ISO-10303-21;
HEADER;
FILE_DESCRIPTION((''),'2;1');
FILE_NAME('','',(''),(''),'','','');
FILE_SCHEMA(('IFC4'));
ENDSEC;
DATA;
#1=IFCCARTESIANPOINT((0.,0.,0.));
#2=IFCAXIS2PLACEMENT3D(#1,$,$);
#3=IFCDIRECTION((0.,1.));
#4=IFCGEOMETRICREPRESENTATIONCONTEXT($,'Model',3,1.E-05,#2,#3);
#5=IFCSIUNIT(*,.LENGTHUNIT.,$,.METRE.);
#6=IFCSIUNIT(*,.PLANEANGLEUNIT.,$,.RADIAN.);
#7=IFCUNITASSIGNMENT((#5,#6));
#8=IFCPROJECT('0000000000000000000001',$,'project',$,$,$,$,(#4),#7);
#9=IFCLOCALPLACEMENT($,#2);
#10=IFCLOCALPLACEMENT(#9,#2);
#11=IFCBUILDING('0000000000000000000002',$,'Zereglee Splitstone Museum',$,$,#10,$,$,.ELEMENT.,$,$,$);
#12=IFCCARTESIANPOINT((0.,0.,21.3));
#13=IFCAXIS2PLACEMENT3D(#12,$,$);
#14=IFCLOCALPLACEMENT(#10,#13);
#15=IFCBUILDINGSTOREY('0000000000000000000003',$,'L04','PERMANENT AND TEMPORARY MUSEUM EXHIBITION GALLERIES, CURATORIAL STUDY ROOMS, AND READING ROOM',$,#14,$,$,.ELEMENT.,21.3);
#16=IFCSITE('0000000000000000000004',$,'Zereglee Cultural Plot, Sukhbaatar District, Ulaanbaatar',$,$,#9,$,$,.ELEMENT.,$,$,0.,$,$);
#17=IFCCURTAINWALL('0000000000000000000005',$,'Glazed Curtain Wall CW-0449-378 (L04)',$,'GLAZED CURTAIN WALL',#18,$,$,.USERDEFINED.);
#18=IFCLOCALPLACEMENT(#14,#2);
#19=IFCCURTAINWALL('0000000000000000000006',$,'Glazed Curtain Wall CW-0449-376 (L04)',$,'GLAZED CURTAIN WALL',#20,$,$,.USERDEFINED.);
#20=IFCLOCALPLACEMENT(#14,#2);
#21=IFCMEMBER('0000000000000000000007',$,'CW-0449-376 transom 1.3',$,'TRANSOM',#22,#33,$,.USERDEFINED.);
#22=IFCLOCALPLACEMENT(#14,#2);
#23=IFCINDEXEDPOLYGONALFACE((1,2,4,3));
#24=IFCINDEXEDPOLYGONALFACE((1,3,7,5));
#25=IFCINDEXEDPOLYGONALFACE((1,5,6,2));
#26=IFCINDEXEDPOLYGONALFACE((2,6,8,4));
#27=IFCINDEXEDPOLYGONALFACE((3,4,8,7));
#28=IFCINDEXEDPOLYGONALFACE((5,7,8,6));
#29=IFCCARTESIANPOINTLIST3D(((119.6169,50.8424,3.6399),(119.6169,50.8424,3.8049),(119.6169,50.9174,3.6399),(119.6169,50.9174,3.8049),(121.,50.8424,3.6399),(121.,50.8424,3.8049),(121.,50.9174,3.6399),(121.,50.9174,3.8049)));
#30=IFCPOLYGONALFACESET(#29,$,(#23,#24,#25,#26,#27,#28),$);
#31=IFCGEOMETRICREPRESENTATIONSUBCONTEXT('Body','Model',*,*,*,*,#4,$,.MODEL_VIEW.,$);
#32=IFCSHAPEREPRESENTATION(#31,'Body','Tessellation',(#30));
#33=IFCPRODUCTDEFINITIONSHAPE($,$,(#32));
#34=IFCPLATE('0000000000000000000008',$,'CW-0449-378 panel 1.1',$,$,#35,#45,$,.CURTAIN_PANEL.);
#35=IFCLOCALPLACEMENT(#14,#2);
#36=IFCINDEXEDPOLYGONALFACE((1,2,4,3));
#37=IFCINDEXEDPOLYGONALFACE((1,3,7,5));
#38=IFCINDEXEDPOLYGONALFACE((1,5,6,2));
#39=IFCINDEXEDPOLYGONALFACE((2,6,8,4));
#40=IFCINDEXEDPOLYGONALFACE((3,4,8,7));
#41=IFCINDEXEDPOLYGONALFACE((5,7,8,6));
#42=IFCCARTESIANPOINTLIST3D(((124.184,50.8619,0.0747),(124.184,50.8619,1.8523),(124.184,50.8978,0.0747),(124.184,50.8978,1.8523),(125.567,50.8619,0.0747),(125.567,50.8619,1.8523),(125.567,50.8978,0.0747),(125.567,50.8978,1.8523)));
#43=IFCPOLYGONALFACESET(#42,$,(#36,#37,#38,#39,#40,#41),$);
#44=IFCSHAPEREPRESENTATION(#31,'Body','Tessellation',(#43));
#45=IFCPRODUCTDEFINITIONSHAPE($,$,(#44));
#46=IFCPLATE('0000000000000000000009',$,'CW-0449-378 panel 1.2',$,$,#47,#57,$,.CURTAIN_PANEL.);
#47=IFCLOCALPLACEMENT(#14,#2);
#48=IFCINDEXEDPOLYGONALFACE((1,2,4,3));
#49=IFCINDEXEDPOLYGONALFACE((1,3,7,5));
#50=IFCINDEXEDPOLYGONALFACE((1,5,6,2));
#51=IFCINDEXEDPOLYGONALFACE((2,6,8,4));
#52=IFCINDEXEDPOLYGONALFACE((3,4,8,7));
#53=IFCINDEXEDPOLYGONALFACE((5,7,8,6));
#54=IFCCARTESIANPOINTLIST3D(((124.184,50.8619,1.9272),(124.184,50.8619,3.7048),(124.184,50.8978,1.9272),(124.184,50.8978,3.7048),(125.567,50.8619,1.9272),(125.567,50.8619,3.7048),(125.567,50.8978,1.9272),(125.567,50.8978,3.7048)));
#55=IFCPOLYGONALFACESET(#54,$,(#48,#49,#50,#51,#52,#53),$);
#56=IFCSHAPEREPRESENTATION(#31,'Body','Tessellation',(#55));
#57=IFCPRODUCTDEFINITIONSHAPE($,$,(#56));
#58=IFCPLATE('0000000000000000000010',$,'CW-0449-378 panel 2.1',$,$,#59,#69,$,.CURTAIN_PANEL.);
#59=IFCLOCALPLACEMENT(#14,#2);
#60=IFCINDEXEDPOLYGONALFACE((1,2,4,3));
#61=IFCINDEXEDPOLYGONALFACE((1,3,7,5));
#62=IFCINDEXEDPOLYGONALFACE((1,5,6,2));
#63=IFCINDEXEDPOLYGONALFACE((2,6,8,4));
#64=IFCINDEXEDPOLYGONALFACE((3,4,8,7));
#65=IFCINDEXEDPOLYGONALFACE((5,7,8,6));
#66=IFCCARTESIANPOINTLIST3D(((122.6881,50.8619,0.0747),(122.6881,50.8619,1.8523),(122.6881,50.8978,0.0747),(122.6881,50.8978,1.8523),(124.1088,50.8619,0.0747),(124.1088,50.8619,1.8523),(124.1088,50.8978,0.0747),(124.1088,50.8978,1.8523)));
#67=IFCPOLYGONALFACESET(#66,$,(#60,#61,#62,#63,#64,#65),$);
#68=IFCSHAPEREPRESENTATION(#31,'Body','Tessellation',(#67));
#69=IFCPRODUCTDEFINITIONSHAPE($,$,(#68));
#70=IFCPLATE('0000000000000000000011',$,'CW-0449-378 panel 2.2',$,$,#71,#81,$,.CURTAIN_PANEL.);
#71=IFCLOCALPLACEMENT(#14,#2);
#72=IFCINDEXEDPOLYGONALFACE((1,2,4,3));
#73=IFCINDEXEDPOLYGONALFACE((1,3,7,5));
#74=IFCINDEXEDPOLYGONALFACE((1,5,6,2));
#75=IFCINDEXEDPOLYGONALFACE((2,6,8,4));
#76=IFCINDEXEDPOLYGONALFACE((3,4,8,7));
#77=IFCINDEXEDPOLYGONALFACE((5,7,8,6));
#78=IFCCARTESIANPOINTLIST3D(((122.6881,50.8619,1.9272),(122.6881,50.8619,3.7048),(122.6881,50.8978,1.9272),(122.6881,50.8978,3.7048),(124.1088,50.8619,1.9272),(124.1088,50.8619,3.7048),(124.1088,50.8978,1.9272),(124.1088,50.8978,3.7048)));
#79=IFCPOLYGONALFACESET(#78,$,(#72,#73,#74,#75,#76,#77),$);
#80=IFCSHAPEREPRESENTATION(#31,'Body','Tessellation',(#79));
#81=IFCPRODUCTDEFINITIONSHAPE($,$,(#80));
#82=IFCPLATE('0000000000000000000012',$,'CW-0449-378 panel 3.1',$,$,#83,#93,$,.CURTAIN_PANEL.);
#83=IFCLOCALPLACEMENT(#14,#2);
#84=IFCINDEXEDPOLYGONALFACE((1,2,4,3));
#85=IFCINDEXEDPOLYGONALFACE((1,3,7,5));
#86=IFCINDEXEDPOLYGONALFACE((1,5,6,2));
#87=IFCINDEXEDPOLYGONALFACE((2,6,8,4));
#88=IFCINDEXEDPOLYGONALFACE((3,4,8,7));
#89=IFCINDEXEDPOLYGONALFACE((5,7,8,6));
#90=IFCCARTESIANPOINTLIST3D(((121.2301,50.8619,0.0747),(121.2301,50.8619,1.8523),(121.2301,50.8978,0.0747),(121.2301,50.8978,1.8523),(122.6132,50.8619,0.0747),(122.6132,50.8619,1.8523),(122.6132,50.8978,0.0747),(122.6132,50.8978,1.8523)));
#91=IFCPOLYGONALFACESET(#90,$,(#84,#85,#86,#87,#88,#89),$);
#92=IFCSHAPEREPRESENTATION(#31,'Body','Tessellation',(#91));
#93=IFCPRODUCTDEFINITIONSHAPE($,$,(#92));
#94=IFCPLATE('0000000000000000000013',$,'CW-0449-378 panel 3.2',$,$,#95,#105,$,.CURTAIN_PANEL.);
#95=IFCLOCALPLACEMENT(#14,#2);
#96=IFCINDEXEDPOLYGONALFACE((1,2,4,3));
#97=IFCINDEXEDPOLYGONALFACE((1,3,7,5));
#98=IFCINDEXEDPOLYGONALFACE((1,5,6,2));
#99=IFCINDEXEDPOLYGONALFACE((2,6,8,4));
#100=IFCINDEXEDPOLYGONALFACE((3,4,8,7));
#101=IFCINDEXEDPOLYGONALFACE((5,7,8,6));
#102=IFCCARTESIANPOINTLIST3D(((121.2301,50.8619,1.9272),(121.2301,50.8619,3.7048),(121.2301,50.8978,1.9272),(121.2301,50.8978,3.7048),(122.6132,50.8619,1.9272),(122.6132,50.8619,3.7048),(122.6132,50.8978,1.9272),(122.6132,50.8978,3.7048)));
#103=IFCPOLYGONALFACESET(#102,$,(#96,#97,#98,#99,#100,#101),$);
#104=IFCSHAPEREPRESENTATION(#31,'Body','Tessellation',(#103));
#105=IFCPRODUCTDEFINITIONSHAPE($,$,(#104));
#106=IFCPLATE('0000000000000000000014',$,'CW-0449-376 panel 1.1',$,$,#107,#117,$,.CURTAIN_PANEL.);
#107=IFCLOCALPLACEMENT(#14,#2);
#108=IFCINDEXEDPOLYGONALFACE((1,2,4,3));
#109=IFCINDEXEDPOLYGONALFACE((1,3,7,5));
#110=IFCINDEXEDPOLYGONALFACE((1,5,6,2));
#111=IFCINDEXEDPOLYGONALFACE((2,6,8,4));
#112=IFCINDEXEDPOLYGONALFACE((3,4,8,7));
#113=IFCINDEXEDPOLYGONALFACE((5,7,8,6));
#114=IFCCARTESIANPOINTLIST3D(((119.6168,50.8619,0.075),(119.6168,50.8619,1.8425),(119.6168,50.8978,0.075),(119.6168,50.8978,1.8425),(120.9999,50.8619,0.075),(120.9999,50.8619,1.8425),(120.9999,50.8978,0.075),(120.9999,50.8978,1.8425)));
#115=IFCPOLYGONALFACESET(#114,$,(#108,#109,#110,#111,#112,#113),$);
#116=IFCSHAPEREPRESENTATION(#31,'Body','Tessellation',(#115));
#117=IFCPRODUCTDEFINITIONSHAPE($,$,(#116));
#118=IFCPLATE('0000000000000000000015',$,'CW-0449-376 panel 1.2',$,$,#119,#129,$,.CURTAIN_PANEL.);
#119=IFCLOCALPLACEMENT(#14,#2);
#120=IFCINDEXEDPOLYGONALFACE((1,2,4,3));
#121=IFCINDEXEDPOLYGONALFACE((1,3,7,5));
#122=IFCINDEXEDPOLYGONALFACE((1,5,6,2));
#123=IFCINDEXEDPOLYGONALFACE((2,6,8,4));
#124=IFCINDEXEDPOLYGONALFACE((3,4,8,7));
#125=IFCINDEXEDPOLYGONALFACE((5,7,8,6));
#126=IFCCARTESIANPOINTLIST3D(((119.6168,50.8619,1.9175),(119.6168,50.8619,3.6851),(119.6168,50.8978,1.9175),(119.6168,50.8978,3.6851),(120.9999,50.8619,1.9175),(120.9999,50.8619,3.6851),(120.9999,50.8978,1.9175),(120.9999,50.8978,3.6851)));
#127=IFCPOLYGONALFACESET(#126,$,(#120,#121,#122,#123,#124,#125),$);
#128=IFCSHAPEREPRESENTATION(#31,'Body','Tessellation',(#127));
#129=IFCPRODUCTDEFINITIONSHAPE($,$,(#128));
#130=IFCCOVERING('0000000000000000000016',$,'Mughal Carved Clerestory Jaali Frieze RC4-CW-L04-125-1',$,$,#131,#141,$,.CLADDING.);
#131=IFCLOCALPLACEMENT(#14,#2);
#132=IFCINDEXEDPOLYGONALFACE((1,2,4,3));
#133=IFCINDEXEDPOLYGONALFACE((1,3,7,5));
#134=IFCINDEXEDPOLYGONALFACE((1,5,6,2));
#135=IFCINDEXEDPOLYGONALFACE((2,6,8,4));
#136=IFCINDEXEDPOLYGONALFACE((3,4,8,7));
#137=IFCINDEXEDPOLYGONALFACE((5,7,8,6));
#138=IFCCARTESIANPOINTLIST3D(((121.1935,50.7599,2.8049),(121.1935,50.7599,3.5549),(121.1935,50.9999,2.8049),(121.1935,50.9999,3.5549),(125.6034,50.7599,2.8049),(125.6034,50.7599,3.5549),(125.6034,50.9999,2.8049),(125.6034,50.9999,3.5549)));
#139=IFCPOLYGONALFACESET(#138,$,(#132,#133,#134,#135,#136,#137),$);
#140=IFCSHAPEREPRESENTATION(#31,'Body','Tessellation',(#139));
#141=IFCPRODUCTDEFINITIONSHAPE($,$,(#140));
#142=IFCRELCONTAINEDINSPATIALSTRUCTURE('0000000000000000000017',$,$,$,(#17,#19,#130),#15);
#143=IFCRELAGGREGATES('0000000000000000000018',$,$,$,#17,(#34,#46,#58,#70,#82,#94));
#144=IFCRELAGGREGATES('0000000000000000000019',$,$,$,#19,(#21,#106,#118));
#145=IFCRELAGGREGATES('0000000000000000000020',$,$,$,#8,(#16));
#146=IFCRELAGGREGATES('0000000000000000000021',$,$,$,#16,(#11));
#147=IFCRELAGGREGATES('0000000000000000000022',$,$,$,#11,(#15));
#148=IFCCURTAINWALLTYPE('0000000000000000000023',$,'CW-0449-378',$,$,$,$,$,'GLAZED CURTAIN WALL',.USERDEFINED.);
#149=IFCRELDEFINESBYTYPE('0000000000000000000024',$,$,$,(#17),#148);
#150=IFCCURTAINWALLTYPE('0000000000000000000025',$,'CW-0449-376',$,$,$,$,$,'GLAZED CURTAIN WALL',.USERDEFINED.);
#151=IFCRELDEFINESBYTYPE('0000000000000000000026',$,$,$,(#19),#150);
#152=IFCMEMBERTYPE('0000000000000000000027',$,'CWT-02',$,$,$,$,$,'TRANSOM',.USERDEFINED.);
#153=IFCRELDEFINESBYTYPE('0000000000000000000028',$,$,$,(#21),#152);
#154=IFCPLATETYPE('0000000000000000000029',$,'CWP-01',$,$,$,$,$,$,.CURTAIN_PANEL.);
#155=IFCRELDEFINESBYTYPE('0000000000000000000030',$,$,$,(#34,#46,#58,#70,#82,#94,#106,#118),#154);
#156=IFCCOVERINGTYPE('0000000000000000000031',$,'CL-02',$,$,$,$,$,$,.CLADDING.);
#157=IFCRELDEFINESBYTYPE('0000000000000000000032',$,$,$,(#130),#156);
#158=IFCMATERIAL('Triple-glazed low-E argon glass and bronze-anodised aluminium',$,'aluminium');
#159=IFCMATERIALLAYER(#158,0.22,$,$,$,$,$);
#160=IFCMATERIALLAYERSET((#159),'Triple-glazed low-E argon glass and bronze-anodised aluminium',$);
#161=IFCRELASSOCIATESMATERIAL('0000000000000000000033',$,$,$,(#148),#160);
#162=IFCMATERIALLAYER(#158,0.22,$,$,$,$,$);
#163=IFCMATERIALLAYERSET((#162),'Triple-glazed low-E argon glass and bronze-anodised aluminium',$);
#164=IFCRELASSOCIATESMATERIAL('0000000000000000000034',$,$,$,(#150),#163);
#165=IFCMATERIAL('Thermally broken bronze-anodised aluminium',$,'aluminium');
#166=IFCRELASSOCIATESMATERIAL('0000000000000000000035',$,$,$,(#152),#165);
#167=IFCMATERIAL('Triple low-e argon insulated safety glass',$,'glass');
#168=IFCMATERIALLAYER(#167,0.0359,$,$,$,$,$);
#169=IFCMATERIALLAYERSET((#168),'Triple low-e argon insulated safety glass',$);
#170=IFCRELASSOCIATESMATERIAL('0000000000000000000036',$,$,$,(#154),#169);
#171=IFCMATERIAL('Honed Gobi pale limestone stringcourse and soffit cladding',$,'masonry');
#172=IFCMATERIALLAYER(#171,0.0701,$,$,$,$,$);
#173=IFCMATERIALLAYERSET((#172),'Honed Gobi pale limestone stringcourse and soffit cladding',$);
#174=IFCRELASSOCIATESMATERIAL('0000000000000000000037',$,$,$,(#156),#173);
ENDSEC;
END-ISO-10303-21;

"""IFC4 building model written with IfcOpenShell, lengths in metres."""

from ifc_helpers import new_model, si_unit, direction, frame, origin, origin_2d, place, context, subcontext, project, spatial, rectangle, extrude, material, layer, layer_set, material_profile, profile_set, type_object, element, aggregate, save


model = new_model("IFC4")

# Units and contexts
model_context = context("Model", 3, precision=1e-05, world=origin(), true_north=direction((0.0, 1.0)))
body_context = subcontext(model_context, "Body", "Model", "MODEL_VIEW")
ifc_project = project(units=[si_unit("LENGTHUNIT", "METRE"), si_unit("PLANEANGLEUNIT", "RADIAN")], contexts=[model_context])

# Site, building, storey
site_placement = place(None, origin())
site = spatial("IfcSite", under=ifc_project, at=site_placement, Name="Zereglee Cultural Plot, Sukhbaatar District, Ulaanbaatar", CompositionType="ELEMENT", RefElevation=0.0)
building_placement = place(site_placement, origin())
building = spatial("IfcBuilding", under=site, at=building_placement, Name="Zereglee Splitstone Museum", CompositionType="ELEMENT")
storey_placement = place(building_placement, frame((0.0, 0.0, 21.3)))
storey = spatial("IfcBuildingStorey", under=building, at=storey_placement, Name="L04", Description="PERMANENT AND TEMPORARY MUSEUM EXHIBITION GALLERIES, CURATORIAL STUDY ROOMS, AND READING ROOM", CompositionType="ELEMENT", Elevation=21.3)

# Curtain wall
ifc_material_1 = material(Name="Triple-glazed low-E argon glass and bronze-anodised aluminium", Category="aluminium")
ifc_layer_1 = layer(ifc_material_1, 0.22)
ifc_layer_set_1 = layer_set([ifc_layer_1], Name="Triple-glazed low-E argon glass and bronze-anodised aluminium")
curtain_wall_type_1 = type_object("IfcCurtainWallType", Name="CW-0449-378", ElementType="GLAZED CURTAIN WALL", PredefinedType="USERDEFINED", material=ifc_layer_set_1)
curtain_wall_1_placement = place(storey_placement, origin())
curtain_wall_1 = element("IfcCurtainWall", 1, at=curtain_wall_1_placement, inside=storey, type_object=curtain_wall_type_1, Name="Glazed Curtain Wall CW-0449-378 (L04)", ObjectType="GLAZED CURTAIN WALL", PredefinedType="USERDEFINED")
ifc_material_2 = material(Name="Thermally broken bronze-anodised aluminium", Category="aluminium")

# Curtain wall
ifc_layer_2 = layer(ifc_material_1, 0.22)
ifc_layer_set_2 = layer_set([ifc_layer_2], Name="Triple-glazed low-E argon glass and bronze-anodised aluminium")
curtain_wall_type_2 = type_object("IfcCurtainWallType", Name="CW-0449-376", ElementType="GLAZED CURTAIN WALL", PredefinedType="USERDEFINED", material=ifc_layer_set_2)
curtain_wall_2_placement = place(storey_placement, origin())
curtain_wall_2 = element("IfcCurtainWall", 2, at=curtain_wall_2_placement, inside=storey, type_object=curtain_wall_type_2, Name="Glazed Curtain Wall CW-0449-376 (L04)", ObjectType="GLAZED CURTAIN WALL", PredefinedType="USERDEFINED")

# Member
ifc_material_profile_1 = material_profile(ifc_material_2, rectangle(XDim=0.075, YDim=0.165, at=origin_2d()), Name="CW TRAN 75x165")
ifc_profile_set_1 = profile_set([ifc_material_profile_1], Name="Thermally broken bronze-anodised aluminium")
member_type_1 = type_object("IfcMemberType", Name="CWT-02", ElementType="TRANSOM", PredefinedType="USERDEFINED", material=ifc_profile_set_1)
member_1_placement = place(storey_placement, frame((121.0, 50.8799, 3.7224), z_axis=(-1.0, 0.0, 0.0), x_axis=(0.0, -1.0, 0.0)))
member_1 = element("IfcMember", 3, at=member_1_placement, type_object=member_type_1, Name="CW-0449-376 transom 1.3", ObjectType="TRANSOM", PredefinedType="USERDEFINED", context=body_context, shape_type="SweptSolid", body=[
    extrude(rectangle(XDim=0.075, YDim=0.165, at=origin_2d()), origin(), (0.0, 0.0, 1.0), 1.3831),
])

# Plates
ifc_material_3 = material(Name="Triple low-e argon insulated safety glass", Category="glass")
ifc_layer_3 = layer(ifc_material_3, 0.0359)
ifc_layer_set_3 = layer_set([ifc_layer_3], Name="Triple low-e argon insulated safety glass")
plate_type = type_object("IfcPlateType", Name="CWP-01", PredefinedType="CURTAIN_PANEL", material=ifc_layer_set_3)
plate_1_placement = place(storey_placement, frame((124.8755, 50.8799, 0.0747), z_axis=(0.0, 0.0, 1.0), x_axis=(-1.0, 0.0, 0.0)))
plate_1 = element("IfcPlate", 4, at=plate_1_placement, type_object=plate_type, Name="CW-0449-378 panel 1.1", PredefinedType="CURTAIN_PANEL", context=body_context, shape_type="SweptSolid", body=[
    extrude(rectangle(XDim=1.3831, YDim=0.0359, at=origin_2d()), origin(), (0.0, 0.0, 1.0), 1.7776),
])
plate_2_placement = place(storey_placement, frame((124.8755, 50.8799, 1.9272), z_axis=(0.0, 0.0, 1.0), x_axis=(-1.0, 0.0, 0.0)))
plate_2 = element("IfcPlate", 5, at=plate_2_placement, type_object=plate_type, Name="CW-0449-378 panel 1.2", PredefinedType="CURTAIN_PANEL", context=body_context, shape_type="SweptSolid", body=[
    extrude(rectangle(XDim=1.3831, YDim=0.0359, at=origin_2d()), origin(), (0.0, 0.0, 1.0), 1.7776),
])
plate_3_placement = place(storey_placement, frame((123.3984, 50.8799, 0.0747), z_axis=(0.0, 0.0, 1.0), x_axis=(-1.0, 0.0, 0.0)))
plate_3 = element("IfcPlate", 6, at=plate_3_placement, type_object=plate_type, Name="CW-0449-378 panel 2.1", PredefinedType="CURTAIN_PANEL", context=body_context, shape_type="SweptSolid", body=[
    extrude(rectangle(XDim=1.4207, YDim=0.0359, at=origin_2d()), origin(), (0.0, 0.0, 1.0), 1.7776),
])
plate_4_placement = place(storey_placement, frame((123.3984, 50.8799, 1.9272), z_axis=(0.0, 0.0, 1.0), x_axis=(-1.0, 0.0, 0.0)))
plate_4 = element("IfcPlate", 7, at=plate_4_placement, type_object=plate_type, Name="CW-0449-378 panel 2.2", PredefinedType="CURTAIN_PANEL", context=body_context, shape_type="SweptSolid", body=[
    extrude(rectangle(XDim=1.4207, YDim=0.0359, at=origin_2d()), origin(), (0.0, 0.0, 1.0), 1.7776),
])
plate_5_placement = place(storey_placement, frame((121.9216, 50.8799, 0.0747), z_axis=(0.0, 0.0, 1.0), x_axis=(-1.0, 0.0, 0.0)))
plate_5 = element("IfcPlate", 8, at=plate_5_placement, type_object=plate_type, Name="CW-0449-378 panel 3.1", PredefinedType="CURTAIN_PANEL", context=body_context, shape_type="SweptSolid", body=[
    extrude(rectangle(XDim=1.3831, YDim=0.0359, at=origin_2d()), origin(), (0.0, 0.0, 1.0), 1.7776),
])
plate_6_placement = place(storey_placement, frame((121.9216, 50.8799, 1.9272), z_axis=(0.0, 0.0, 1.0), x_axis=(-1.0, 0.0, 0.0)))
plate_6 = element("IfcPlate", 9, at=plate_6_placement, type_object=plate_type, Name="CW-0449-378 panel 3.2", PredefinedType="CURTAIN_PANEL", context=body_context, shape_type="SweptSolid", body=[
    extrude(rectangle(XDim=1.3831, YDim=0.0359, at=origin_2d()), origin(), (0.0, 0.0, 1.0), 1.7776),
])
aggregate(curtain_wall_1, [plate_1, plate_2, plate_3, plate_4, plate_5, plate_6])
plate_7_placement = place(storey_placement, frame((120.3083, 50.8799, 0.075), z_axis=(0.0, 0.0, 1.0), x_axis=(-1.0, 0.0, 0.0)))
plate_7 = element("IfcPlate", 10, at=plate_7_placement, type_object=plate_type, Name="CW-0449-376 panel 1.1", PredefinedType="CURTAIN_PANEL", context=body_context, shape_type="SweptSolid", body=[
    extrude(rectangle(XDim=1.3831, YDim=0.0359, at=origin_2d()), origin(), (0.0, 0.0, 1.0), 1.7676),
])
plate_8_placement = place(storey_placement, frame((120.3083, 50.8799, 1.9175), z_axis=(0.0, 0.0, 1.0), x_axis=(-1.0, 0.0, 0.0)))
plate_8 = element("IfcPlate", 11, at=plate_8_placement, type_object=plate_type, Name="CW-0449-376 panel 1.2", PredefinedType="CURTAIN_PANEL", context=body_context, shape_type="SweptSolid", body=[
    extrude(rectangle(XDim=1.3831, YDim=0.0359, at=origin_2d()), origin(), (0.0, 0.0, 1.0), 1.7676),
])
aggregate(curtain_wall_2, [member_1, plate_7, plate_8])

# Covering
ifc_material_4 = material(Name="Honed Gobi pale limestone stringcourse and soffit cladding", Category="masonry")
ifc_layer_4 = layer(ifc_material_4, 0.0701)
ifc_layer_set_4 = layer_set([ifc_layer_4], Name="Honed Gobi pale limestone stringcourse and soffit cladding")
covering_type = type_object("IfcCoveringType", Name="CL-02", PredefinedType="CLADDING", material=ifc_layer_set_4)
covering_placement = place(storey_placement, frame((123.3984, 50.8799, 2.8049), z_axis=(0.0, 0.0, 1.0), x_axis=(-1.0, 0.0, 0.0)))
element("IfcCovering", 12, at=covering_placement, inside=storey, type_object=covering_type, Name="Mughal Carved Clerestory Jaali Frieze RC4-CW-L04-125-1", PredefinedType="CLADDING", context=body_context, shape_type="SweptSolid", body=[
    extrude(rectangle(XDim=4.4099, YDim=0.24, at=origin_2d()), origin(), (0.0, 0.0, 1.0), 0.75),
])

save(model, "model.ifc")
